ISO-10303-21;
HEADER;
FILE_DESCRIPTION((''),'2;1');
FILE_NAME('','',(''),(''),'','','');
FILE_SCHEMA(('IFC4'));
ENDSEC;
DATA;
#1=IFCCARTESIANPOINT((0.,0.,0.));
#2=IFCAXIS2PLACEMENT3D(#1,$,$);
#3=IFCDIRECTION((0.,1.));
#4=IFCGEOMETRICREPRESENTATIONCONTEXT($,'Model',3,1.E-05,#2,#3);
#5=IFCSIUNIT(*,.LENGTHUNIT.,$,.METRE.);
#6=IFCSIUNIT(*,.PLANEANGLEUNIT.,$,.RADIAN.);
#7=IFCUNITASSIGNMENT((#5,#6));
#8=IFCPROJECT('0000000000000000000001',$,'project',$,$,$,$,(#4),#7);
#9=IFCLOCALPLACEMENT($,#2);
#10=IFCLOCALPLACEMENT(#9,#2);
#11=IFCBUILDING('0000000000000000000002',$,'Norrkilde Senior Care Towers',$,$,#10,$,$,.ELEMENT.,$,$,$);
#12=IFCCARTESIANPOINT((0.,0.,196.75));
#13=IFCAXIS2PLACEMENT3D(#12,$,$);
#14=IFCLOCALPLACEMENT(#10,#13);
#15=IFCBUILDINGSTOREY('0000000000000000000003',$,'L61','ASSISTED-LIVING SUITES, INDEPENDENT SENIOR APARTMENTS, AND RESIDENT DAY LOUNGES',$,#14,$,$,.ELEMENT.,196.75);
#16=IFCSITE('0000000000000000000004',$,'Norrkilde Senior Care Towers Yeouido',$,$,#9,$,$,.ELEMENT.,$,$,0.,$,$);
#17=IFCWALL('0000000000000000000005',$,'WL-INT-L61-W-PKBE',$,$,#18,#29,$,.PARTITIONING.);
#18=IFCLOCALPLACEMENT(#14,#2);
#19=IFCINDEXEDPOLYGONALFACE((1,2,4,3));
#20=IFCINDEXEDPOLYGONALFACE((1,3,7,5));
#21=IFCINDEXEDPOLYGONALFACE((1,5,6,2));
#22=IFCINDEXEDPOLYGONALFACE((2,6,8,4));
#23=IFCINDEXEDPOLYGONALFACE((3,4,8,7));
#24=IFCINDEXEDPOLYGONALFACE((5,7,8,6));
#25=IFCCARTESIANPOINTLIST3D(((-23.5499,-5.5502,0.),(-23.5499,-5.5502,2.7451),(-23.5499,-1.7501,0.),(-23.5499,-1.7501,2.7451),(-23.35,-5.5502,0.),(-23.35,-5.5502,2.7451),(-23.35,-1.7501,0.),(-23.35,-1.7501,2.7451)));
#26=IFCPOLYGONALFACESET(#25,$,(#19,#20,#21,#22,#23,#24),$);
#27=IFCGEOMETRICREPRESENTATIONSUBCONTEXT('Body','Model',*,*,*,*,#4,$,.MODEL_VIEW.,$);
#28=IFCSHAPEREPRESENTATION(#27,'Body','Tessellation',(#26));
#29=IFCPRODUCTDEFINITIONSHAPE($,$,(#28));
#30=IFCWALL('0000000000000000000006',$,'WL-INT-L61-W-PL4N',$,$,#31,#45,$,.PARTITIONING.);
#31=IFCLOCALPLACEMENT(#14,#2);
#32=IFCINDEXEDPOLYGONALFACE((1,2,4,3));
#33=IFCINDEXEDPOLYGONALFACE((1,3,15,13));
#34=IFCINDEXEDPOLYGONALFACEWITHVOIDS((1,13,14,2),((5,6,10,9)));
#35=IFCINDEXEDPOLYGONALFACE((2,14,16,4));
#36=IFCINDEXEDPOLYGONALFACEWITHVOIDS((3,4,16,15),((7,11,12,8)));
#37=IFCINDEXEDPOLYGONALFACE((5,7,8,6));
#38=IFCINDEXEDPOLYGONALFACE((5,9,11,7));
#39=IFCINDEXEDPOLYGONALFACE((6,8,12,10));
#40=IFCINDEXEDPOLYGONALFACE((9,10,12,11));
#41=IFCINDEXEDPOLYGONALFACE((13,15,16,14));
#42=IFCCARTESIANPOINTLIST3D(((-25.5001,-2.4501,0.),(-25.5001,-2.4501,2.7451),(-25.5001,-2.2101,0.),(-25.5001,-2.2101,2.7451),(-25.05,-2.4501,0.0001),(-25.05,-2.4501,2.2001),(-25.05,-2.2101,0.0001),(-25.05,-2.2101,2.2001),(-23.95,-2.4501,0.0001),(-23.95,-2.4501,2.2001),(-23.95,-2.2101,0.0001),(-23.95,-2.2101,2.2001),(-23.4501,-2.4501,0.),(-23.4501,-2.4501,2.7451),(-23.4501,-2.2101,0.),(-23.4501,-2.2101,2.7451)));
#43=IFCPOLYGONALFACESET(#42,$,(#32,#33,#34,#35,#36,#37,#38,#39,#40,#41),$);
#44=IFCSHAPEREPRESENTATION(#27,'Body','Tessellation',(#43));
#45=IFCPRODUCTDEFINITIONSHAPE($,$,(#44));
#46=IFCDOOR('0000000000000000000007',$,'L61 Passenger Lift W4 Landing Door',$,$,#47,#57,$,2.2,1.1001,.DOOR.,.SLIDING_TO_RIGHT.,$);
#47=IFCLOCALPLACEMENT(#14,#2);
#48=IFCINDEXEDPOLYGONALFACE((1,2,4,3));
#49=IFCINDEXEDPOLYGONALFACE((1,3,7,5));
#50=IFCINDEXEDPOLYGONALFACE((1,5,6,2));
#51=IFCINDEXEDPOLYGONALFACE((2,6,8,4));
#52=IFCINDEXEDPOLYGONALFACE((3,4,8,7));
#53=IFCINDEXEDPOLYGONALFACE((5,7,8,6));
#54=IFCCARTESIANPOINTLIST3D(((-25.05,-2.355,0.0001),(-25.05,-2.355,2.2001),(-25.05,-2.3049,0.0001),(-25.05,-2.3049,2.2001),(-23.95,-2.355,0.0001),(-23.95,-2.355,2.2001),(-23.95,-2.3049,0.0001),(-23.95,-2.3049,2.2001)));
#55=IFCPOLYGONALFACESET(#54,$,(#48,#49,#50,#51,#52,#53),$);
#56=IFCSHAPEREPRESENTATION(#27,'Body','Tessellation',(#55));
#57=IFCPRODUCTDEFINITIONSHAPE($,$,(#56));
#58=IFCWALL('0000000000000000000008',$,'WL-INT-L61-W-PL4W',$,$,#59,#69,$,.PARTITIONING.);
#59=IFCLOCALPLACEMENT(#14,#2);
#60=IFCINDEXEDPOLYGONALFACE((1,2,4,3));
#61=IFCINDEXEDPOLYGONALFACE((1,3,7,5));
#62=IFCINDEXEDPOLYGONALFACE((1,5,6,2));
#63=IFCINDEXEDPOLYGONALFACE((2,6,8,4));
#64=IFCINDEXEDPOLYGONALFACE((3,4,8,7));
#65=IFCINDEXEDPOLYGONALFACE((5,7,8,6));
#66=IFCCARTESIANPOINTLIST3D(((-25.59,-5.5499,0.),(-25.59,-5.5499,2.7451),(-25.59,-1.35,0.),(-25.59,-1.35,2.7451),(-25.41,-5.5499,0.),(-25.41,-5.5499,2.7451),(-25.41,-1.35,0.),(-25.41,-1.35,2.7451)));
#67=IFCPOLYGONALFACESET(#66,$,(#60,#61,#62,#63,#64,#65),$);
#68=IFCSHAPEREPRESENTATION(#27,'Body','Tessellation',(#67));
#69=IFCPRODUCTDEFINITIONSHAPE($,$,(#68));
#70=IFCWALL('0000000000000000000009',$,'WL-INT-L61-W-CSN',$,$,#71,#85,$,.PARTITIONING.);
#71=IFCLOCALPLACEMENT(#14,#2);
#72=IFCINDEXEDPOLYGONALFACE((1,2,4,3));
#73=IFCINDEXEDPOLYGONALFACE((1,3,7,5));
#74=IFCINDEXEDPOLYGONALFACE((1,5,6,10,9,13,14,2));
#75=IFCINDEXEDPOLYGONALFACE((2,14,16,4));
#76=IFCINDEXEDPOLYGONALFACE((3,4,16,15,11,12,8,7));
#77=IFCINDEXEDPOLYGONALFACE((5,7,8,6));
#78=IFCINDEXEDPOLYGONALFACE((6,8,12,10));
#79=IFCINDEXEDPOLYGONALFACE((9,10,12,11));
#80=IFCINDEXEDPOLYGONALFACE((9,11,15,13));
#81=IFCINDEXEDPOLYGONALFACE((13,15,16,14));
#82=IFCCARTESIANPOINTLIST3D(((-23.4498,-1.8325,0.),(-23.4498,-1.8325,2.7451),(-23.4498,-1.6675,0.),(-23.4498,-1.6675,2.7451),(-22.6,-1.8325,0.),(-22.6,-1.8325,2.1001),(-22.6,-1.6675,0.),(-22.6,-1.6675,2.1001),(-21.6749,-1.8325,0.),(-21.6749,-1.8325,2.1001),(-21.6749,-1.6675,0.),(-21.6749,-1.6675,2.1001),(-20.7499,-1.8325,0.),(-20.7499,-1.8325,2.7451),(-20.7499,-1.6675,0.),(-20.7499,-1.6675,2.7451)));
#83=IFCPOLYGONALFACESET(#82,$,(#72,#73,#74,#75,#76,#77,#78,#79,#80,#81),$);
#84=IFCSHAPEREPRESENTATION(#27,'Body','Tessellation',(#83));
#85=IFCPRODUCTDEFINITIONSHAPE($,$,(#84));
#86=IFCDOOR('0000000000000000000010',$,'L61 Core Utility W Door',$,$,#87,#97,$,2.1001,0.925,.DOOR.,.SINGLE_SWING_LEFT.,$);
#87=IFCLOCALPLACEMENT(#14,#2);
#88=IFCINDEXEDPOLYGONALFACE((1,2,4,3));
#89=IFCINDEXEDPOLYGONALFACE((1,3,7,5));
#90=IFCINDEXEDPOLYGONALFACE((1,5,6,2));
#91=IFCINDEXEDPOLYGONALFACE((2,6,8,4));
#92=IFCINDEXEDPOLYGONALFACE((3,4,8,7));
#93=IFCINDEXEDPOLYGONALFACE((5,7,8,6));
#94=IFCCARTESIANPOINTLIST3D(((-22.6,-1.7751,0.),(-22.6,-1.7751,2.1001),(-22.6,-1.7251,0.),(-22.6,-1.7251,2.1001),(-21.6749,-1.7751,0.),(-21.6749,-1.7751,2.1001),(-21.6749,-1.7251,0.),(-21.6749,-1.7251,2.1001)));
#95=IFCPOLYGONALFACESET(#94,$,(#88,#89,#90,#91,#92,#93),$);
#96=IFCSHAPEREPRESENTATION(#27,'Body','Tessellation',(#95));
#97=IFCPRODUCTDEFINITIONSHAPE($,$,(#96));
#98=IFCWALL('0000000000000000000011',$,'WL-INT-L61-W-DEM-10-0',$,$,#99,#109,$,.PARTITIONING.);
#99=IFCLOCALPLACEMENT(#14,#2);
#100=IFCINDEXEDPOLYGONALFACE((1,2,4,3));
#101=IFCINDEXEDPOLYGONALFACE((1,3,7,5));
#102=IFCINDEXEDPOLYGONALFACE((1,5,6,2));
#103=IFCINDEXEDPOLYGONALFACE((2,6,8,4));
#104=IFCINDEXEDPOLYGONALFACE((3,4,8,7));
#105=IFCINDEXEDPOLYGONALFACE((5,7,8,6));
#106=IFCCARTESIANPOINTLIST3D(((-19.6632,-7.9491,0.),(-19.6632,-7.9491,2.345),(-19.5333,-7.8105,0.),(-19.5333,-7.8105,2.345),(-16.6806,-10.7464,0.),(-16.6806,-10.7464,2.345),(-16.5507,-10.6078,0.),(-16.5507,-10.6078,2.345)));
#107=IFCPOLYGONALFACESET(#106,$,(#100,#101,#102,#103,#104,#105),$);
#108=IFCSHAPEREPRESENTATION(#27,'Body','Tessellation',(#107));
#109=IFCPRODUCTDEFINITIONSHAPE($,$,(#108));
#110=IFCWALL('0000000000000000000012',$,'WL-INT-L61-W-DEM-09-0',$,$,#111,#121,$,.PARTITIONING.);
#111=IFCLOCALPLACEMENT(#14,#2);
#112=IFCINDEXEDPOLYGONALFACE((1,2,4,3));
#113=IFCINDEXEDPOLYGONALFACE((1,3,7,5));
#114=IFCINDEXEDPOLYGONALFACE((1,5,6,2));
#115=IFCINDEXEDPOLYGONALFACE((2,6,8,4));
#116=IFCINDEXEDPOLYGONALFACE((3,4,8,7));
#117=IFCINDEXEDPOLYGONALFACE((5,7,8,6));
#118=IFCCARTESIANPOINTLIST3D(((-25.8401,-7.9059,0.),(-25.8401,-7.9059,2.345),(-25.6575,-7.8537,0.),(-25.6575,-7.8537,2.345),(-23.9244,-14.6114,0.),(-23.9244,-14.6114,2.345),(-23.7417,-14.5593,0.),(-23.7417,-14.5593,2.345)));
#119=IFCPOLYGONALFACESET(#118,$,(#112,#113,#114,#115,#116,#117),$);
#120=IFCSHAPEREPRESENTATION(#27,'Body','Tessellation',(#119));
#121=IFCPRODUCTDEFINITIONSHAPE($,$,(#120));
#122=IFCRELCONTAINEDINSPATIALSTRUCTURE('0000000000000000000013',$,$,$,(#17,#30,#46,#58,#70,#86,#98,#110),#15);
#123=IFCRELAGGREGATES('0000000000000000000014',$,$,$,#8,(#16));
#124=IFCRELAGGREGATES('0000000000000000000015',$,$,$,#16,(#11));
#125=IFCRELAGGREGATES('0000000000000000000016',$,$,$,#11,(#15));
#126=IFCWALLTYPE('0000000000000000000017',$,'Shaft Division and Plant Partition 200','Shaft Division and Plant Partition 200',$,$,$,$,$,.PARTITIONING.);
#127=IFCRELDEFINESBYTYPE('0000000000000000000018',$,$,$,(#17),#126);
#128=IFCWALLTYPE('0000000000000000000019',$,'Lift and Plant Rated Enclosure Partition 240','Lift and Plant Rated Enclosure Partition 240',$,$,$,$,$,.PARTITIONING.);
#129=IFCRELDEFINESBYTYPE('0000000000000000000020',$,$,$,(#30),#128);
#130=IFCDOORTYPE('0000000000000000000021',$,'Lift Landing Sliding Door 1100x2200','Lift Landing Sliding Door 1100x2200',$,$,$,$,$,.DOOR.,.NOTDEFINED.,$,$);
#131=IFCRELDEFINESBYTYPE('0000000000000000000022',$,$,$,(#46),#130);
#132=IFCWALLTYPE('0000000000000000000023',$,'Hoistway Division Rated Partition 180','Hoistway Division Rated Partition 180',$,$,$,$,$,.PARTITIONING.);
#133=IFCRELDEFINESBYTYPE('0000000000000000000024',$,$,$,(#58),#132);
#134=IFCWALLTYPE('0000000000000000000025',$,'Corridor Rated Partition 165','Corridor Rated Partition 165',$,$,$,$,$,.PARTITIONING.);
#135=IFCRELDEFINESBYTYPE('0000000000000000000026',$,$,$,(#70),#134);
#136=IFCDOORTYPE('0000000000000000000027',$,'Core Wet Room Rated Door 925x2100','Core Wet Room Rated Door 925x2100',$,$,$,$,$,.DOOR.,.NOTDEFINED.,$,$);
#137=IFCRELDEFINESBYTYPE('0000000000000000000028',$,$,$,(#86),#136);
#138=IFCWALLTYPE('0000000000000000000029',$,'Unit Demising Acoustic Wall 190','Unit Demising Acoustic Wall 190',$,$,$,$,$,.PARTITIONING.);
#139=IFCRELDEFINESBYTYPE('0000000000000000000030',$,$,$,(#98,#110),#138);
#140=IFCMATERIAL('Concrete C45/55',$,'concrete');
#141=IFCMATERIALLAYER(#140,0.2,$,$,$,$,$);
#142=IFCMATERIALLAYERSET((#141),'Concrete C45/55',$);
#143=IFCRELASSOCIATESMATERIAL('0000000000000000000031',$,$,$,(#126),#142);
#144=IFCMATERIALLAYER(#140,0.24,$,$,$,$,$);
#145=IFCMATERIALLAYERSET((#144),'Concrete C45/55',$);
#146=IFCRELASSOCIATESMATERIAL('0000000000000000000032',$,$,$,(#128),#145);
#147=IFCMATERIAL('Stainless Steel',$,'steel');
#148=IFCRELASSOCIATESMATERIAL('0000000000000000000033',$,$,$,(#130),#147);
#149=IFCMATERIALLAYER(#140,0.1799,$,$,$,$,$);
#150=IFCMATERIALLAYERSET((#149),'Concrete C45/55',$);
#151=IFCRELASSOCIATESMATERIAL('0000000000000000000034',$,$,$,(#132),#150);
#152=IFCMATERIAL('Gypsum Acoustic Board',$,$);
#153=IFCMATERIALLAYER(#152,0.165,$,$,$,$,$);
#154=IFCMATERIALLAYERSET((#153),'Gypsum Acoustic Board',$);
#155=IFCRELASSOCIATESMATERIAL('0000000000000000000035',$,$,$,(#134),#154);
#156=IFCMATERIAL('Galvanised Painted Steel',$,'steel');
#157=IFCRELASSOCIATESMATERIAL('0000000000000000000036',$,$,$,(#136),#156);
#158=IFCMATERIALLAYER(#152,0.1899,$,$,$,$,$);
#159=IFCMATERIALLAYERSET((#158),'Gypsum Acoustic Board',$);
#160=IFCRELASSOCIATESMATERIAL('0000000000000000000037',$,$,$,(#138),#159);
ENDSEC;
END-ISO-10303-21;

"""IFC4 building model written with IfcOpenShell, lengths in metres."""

from ifc_helpers import new_model, si_unit, direction, frame, frame_2d, origin, place, context, subcontext, project, spatial, rectangle, extrude, source, transform, mapped, material, layer, layer_set, type_object, type_shapes, element, fill, save


model = new_model("IFC4")

# Units and contexts
model_context = context("Model", 3, precision=1e-05, world=origin(), true_north=direction((0.0, 1.0)))
body_context = subcontext(model_context, "Body", "Model", "MODEL_VIEW")
ifc_project = project(units=[si_unit("LENGTHUNIT", "METRE"), si_unit("PLANEANGLEUNIT", "RADIAN")], contexts=[model_context])

# Site, building, storey
site_placement = place(None, origin())
site = spatial("IfcSite", under=ifc_project, at=site_placement, Name="Norrkilde Senior Care Towers Yeouido", CompositionType="ELEMENT", RefElevation=0.0)
building_placement = place(site_placement, origin())
building = spatial("IfcBuilding", under=site, at=building_placement, Name="Norrkilde Senior Care Towers", CompositionType="ELEMENT")
storey_placement = place(building_placement, frame((0.0, 0.0, 196.75)))
storey = spatial("IfcBuildingStorey", under=building, at=storey_placement, Name="L61", Description="ASSISTED-LIVING SUITES, INDEPENDENT SENIOR APARTMENTS, AND RESIDENT DAY LOUNGES", CompositionType="ELEMENT", Elevation=196.75)

# Wall
ifc_material_1 = material(Name="Concrete C45/55", Category="concrete")
ifc_layer_1 = layer(ifc_material_1, 0.2)
ifc_layer_set_1 = layer_set([ifc_layer_1], Name="Concrete C45/55")
wall_type_1 = type_object("IfcWallType", Name="Shaft Division and Plant Partition 200", Description="Shaft Division and Plant Partition 200", PredefinedType="PARTITIONING", material=ifc_layer_set_1)
shared_shape_1 = source(origin(), body_context, "Body", "SweptSolid", [
    extrude(rectangle(XDim=3.8, YDim=0.2, at=frame_2d((1.8999, 0.0))), origin(), (0.0, 0.0, 1.0), 2.7451),
])
type_shapes(wall_type_1, [shared_shape_1])
wall_1_placement = place(storey_placement, frame((-23.45, -5.55, 0.0), z_axis=(0.0, 0.0, 1.0), x_axis=(0.0, 1.0, 0.0)))
element("IfcWall", 1, at=wall_1_placement, inside=storey, type_object=wall_type_1, Name="WL-INT-L61-W-PKBE", PredefinedType="PARTITIONING", context=body_context, shape_type="MappedRepresentation", body=[
    mapped(shared_shape_1, transform((0.0, 0.0, 0.0), x_axis=(1.0, 0.0, 0.0), y_axis=(0.0, 1.0, 0.0), z_axis=(0.0, 0.0, 1.0), scale=1.0)),
])

# Wall, opening, door
ifc_layer_2 = layer(ifc_material_1, 0.24)
ifc_layer_set_2 = layer_set([ifc_layer_2], Name="Concrete C45/55")
wall_type_2 = type_object("IfcWallType", Name="Lift and Plant Rated Enclosure Partition 240", Description="Lift and Plant Rated Enclosure Partition 240", PredefinedType="PARTITIONING", material=ifc_layer_set_2)
shared_shape_2 = source(origin(), body_context, "Body", "SweptSolid", [
    extrude(rectangle(XDim=2.05, YDim=0.24, at=frame_2d((1.0249, 0.0))), origin(), (0.0, 0.0, 1.0), 2.7451),
])
type_shapes(wall_type_2, [shared_shape_2])
wall_2_placement = place(storey_placement, frame((-25.5, -2.3301, 0.0), z_axis=(0.0, 0.0, 1.0), x_axis=(1.0, 0.0, 0.0)))
wall_2 = element("IfcWall", 2, at=wall_2_placement, inside=storey, type_object=wall_type_2, Name="WL-INT-L61-W-PL4N", PredefinedType="PARTITIONING", context=body_context, shape_type="MappedRepresentation", body=[
    mapped(shared_shape_2, transform((0.0, 0.0, 0.0), x_axis=(1.0, 0.0, 0.0), y_axis=(0.0, 1.0, 0.0), z_axis=(0.0, 0.0, 1.0), scale=1.0)),
])
opening_1_placement = place(wall_2_placement, frame((0.45, 0.0, 0.0)))
opening_1 = element("IfcOpeningElement", 3, at=opening_1_placement, cuts=wall_2, PredefinedType="OPENING", context=body_context, shape_type="SweptSolid", body=[
    extrude(rectangle(XDim=1.1001, YDim=2.2, at=frame_2d((0.55, 1.1001))), frame((0.0, 0.1299, 0.0), z_axis=(0.0, -1.0, 0.0), x_axis=(1.0, 0.0, 0.0)), (0.0, 0.0, 1.0), 0.26),
])
ifc_material_2 = material(Name="Stainless Steel", Category="steel")
door_type_1 = type_object("IfcDoorType", Name="Lift Landing Sliding Door 1100x2200", Description="Lift Landing Sliding Door 1100x2200", OperationType="NOTDEFINED", PredefinedType="DOOR", material=ifc_material_2)
shared_shape_3 = source(origin(), body_context, "Body", "SweptSolid", [
    extrude(rectangle(XDim=1.1001, YDim=2.2, at=frame_2d((0.55, 1.1001))), frame((0.0, 0.0249, 0.0), z_axis=(0.0, -1.0, 0.0), x_axis=(1.0, 0.0, 0.0)), (0.0, 0.0, 1.0), 0.05),
])
type_shapes(door_type_1, [shared_shape_3])
door_1_placement = place(opening_1_placement, frame((1.1001, 0.0, 0.0), z_axis=(0.0, 0.0, 1.0), x_axis=(-1.0, 0.0, 0.0)))
door_1 = element("IfcDoor", 4, at=door_1_placement, inside=storey, type_object=door_type_1, Name="L61 Passenger Lift W4 Landing Door", OperationType="SLIDING_TO_RIGHT", OverallHeight=2.2, OverallWidth=1.1001, PredefinedType="DOOR", context=body_context, shape_type="MappedRepresentation", body=[
    mapped(shared_shape_3, transform((0.0, 0.0, 0.0), x_axis=(1.0, 0.0, 0.0), y_axis=(0.0, 1.0, 0.0), z_axis=(0.0, 0.0, 1.0), scale=1.0)),
])
fill(opening_1, door_1)

# Wall
ifc_layer_3 = layer(ifc_material_1, 0.1799)
ifc_layer_set_3 = layer_set([ifc_layer_3], Name="Concrete C45/55")
wall_type_3 = type_object("IfcWallType", Name="Hoistway Division Rated Partition 180", Description="Hoistway Division Rated Partition 180", PredefinedType="PARTITIONING", material=ifc_layer_set_3)
shared_shape_4 = source(origin(), body_context, "Body", "SweptSolid", [
    extrude(rectangle(XDim=4.2, YDim=0.1799, at=frame_2d((2.1001, 0.0))), origin(), (0.0, 0.0, 1.0), 2.7451),
])
type_shapes(wall_type_3, [shared_shape_4])
wall_3_placement = place(storey_placement, frame((-25.5, -5.55, 0.0), z_axis=(0.0, 0.0, 1.0), x_axis=(0.0, 1.0, 0.0)))
element("IfcWall", 5, at=wall_3_placement, inside=storey, type_object=wall_type_3, Name="WL-INT-L61-W-PL4W", PredefinedType="PARTITIONING", context=body_context, shape_type="MappedRepresentation", body=[
    mapped(shared_shape_4, transform((0.0, 0.0, 0.0), x_axis=(1.0, 0.0, 0.0), y_axis=(0.0, 1.0, 0.0), z_axis=(0.0, 0.0, 1.0), scale=1.0)),
])

# Wall, opening, door
ifc_material_3 = material(Name="Gypsum Acoustic Board")
ifc_layer_4 = layer(ifc_material_3, 0.165)
ifc_layer_set_4 = layer_set([ifc_layer_4], Name="Gypsum Acoustic Board")
wall_type_4 = type_object("IfcWallType", Name="Corridor Rated Partition 165", Description="Corridor Rated Partition 165", PredefinedType="PARTITIONING", material=ifc_layer_set_4)
shared_shape_5 = source(origin(), body_context, "Body", "SweptSolid", [
    extrude(rectangle(XDim=2.7, YDim=0.165, at=frame_2d((1.3501, 0.0))), origin(), (0.0, 0.0, 1.0), 2.7451),
])
type_shapes(wall_type_4, [shared_shape_5])
wall_4_placement = place(storey_placement, frame((-23.45, -1.75, 0.0), z_axis=(0.0, 0.0, 1.0), x_axis=(1.0, 0.0, 0.0)))
wall_4 = element("IfcWall", 6, at=wall_4_placement, inside=storey, type_object=wall_type_4, Name="WL-INT-L61-W-CSN", PredefinedType="PARTITIONING", context=body_context, shape_type="MappedRepresentation", body=[
    mapped(shared_shape_5, transform((0.0, 0.0, 0.0), x_axis=(1.0, 0.0, 0.0), y_axis=(0.0, 1.0, 0.0), z_axis=(0.0, 0.0, 1.0), scale=1.0)),
])
opening_2_placement = place(wall_4_placement, frame((0.8501, 0.0, 0.0)))
opening_2 = element("IfcOpeningElement", 7, at=opening_2_placement, cuts=wall_4, PredefinedType="OPENING", context=body_context, shape_type="SweptSolid", body=[
    extrude(rectangle(XDim=0.925, YDim=2.1001, at=frame_2d((0.4624, 1.05))), frame((0.0, 0.0925, 0.0), z_axis=(0.0, -1.0, 0.0), x_axis=(1.0, 0.0, 0.0)), (0.0, 0.0, 1.0), 0.1851),
])
ifc_material_4 = material(Name="Galvanised Painted Steel", Category="steel")
door_type_2 = type_object("IfcDoorType", Name="Core Wet Room Rated Door 925x2100", Description="Core Wet Room Rated Door 925x2100", OperationType="NOTDEFINED", PredefinedType="DOOR", material=ifc_material_4)
shared_shape_6 = source(origin(), body_context, "Body", "SweptSolid", [
    extrude(rectangle(XDim=0.925, YDim=2.1001, at=frame_2d((0.4624, 1.05))), frame((0.0, 0.0249, 0.0), z_axis=(0.0, -1.0, 0.0), x_axis=(1.0, 0.0, 0.0)), (0.0, 0.0, 1.0), 0.05),
])
type_shapes(door_type_2, [shared_shape_6])
door_2_placement = place(opening_2_placement, origin())
door_2 = element("IfcDoor", 8, at=door_2_placement, inside=storey, type_object=door_type_2, Name="L61 Core Utility W Door", OperationType="SINGLE_SWING_LEFT", OverallHeight=2.1001, OverallWidth=0.925, PredefinedType="DOOR", context=body_context, shape_type="MappedRepresentation", body=[
    mapped(shared_shape_6, transform((0.0, 0.0, 0.0), x_axis=(1.0, 0.0, 0.0), y_axis=(0.0, 1.0, 0.0), z_axis=(0.0, 0.0, 1.0), scale=1.0)),
])
fill(opening_2, door_2)

# Walls
ifc_layer_5 = layer(ifc_material_3, 0.1899)
ifc_layer_set_5 = layer_set([ifc_layer_5], Name="Gypsum Acoustic Board")
wall_type_5 = type_object("IfcWallType", Name="Unit Demising Acoustic Wall 190", Description="Unit Demising Acoustic Wall 190", PredefinedType="PARTITIONING", material=ifc_layer_set_5)
shared_shape_7 = source(origin(), body_context, "Body", "SweptSolid", [
    extrude(rectangle(XDim=4.0891, YDim=0.1899, at=frame_2d((2.0444, 0.0))), origin(), (0.0, 0.0, 1.0), 2.345),
])
wall_5_placement = place(storey_placement, frame((-19.5981, -7.8799, 0.0), z_axis=(0.0, 0.0, 1.0), x_axis=(0.729401, -0.684086, 0.0)))
element("IfcWall", 9, at=wall_5_placement, inside=storey, type_object=wall_type_5, Name="WL-INT-L61-W-DEM-10-0", PredefinedType="PARTITIONING", context=body_context, shape_type="MappedRepresentation", body=[
    mapped(shared_shape_7, transform((0.0, 0.0, 0.0), x_axis=(1.0, 0.0, 0.0), y_axis=(0.0, 1.0, 0.0), z_axis=(0.0, 0.0, 1.0), scale=1.0)),
])
shared_shape_8 = source(origin(), body_context, "Body", "SweptSolid", [
    extrude(rectangle(XDim=6.9739, YDim=0.1899, at=frame_2d((3.4868, 0.0))), origin(), (0.0, 0.0, 1.0), 2.345),
])
type_shapes(wall_type_5, [shared_shape_7, shared_shape_8])
wall_6_placement = place(storey_placement, frame((-25.7488, -7.8799, 0.0), z_axis=(0.0, 0.0, 1.0), x_axis=(0.274707, -0.961528, 0.0)))
element("IfcWall", 10, at=wall_6_placement, inside=storey, type_object=wall_type_5, Name="WL-INT-L61-W-DEM-09-0", PredefinedType="PARTITIONING", context=body_context, shape_type="MappedRepresentation", body=[
    mapped(shared_shape_8, transform((0.0, 0.0, 0.0), x_axis=(1.0, 0.0, 0.0), y_axis=(0.0, 1.0, 0.0), z_axis=(0.0, 0.0, 1.0), scale=1.0)),
])

save(model, "model.ifc")
